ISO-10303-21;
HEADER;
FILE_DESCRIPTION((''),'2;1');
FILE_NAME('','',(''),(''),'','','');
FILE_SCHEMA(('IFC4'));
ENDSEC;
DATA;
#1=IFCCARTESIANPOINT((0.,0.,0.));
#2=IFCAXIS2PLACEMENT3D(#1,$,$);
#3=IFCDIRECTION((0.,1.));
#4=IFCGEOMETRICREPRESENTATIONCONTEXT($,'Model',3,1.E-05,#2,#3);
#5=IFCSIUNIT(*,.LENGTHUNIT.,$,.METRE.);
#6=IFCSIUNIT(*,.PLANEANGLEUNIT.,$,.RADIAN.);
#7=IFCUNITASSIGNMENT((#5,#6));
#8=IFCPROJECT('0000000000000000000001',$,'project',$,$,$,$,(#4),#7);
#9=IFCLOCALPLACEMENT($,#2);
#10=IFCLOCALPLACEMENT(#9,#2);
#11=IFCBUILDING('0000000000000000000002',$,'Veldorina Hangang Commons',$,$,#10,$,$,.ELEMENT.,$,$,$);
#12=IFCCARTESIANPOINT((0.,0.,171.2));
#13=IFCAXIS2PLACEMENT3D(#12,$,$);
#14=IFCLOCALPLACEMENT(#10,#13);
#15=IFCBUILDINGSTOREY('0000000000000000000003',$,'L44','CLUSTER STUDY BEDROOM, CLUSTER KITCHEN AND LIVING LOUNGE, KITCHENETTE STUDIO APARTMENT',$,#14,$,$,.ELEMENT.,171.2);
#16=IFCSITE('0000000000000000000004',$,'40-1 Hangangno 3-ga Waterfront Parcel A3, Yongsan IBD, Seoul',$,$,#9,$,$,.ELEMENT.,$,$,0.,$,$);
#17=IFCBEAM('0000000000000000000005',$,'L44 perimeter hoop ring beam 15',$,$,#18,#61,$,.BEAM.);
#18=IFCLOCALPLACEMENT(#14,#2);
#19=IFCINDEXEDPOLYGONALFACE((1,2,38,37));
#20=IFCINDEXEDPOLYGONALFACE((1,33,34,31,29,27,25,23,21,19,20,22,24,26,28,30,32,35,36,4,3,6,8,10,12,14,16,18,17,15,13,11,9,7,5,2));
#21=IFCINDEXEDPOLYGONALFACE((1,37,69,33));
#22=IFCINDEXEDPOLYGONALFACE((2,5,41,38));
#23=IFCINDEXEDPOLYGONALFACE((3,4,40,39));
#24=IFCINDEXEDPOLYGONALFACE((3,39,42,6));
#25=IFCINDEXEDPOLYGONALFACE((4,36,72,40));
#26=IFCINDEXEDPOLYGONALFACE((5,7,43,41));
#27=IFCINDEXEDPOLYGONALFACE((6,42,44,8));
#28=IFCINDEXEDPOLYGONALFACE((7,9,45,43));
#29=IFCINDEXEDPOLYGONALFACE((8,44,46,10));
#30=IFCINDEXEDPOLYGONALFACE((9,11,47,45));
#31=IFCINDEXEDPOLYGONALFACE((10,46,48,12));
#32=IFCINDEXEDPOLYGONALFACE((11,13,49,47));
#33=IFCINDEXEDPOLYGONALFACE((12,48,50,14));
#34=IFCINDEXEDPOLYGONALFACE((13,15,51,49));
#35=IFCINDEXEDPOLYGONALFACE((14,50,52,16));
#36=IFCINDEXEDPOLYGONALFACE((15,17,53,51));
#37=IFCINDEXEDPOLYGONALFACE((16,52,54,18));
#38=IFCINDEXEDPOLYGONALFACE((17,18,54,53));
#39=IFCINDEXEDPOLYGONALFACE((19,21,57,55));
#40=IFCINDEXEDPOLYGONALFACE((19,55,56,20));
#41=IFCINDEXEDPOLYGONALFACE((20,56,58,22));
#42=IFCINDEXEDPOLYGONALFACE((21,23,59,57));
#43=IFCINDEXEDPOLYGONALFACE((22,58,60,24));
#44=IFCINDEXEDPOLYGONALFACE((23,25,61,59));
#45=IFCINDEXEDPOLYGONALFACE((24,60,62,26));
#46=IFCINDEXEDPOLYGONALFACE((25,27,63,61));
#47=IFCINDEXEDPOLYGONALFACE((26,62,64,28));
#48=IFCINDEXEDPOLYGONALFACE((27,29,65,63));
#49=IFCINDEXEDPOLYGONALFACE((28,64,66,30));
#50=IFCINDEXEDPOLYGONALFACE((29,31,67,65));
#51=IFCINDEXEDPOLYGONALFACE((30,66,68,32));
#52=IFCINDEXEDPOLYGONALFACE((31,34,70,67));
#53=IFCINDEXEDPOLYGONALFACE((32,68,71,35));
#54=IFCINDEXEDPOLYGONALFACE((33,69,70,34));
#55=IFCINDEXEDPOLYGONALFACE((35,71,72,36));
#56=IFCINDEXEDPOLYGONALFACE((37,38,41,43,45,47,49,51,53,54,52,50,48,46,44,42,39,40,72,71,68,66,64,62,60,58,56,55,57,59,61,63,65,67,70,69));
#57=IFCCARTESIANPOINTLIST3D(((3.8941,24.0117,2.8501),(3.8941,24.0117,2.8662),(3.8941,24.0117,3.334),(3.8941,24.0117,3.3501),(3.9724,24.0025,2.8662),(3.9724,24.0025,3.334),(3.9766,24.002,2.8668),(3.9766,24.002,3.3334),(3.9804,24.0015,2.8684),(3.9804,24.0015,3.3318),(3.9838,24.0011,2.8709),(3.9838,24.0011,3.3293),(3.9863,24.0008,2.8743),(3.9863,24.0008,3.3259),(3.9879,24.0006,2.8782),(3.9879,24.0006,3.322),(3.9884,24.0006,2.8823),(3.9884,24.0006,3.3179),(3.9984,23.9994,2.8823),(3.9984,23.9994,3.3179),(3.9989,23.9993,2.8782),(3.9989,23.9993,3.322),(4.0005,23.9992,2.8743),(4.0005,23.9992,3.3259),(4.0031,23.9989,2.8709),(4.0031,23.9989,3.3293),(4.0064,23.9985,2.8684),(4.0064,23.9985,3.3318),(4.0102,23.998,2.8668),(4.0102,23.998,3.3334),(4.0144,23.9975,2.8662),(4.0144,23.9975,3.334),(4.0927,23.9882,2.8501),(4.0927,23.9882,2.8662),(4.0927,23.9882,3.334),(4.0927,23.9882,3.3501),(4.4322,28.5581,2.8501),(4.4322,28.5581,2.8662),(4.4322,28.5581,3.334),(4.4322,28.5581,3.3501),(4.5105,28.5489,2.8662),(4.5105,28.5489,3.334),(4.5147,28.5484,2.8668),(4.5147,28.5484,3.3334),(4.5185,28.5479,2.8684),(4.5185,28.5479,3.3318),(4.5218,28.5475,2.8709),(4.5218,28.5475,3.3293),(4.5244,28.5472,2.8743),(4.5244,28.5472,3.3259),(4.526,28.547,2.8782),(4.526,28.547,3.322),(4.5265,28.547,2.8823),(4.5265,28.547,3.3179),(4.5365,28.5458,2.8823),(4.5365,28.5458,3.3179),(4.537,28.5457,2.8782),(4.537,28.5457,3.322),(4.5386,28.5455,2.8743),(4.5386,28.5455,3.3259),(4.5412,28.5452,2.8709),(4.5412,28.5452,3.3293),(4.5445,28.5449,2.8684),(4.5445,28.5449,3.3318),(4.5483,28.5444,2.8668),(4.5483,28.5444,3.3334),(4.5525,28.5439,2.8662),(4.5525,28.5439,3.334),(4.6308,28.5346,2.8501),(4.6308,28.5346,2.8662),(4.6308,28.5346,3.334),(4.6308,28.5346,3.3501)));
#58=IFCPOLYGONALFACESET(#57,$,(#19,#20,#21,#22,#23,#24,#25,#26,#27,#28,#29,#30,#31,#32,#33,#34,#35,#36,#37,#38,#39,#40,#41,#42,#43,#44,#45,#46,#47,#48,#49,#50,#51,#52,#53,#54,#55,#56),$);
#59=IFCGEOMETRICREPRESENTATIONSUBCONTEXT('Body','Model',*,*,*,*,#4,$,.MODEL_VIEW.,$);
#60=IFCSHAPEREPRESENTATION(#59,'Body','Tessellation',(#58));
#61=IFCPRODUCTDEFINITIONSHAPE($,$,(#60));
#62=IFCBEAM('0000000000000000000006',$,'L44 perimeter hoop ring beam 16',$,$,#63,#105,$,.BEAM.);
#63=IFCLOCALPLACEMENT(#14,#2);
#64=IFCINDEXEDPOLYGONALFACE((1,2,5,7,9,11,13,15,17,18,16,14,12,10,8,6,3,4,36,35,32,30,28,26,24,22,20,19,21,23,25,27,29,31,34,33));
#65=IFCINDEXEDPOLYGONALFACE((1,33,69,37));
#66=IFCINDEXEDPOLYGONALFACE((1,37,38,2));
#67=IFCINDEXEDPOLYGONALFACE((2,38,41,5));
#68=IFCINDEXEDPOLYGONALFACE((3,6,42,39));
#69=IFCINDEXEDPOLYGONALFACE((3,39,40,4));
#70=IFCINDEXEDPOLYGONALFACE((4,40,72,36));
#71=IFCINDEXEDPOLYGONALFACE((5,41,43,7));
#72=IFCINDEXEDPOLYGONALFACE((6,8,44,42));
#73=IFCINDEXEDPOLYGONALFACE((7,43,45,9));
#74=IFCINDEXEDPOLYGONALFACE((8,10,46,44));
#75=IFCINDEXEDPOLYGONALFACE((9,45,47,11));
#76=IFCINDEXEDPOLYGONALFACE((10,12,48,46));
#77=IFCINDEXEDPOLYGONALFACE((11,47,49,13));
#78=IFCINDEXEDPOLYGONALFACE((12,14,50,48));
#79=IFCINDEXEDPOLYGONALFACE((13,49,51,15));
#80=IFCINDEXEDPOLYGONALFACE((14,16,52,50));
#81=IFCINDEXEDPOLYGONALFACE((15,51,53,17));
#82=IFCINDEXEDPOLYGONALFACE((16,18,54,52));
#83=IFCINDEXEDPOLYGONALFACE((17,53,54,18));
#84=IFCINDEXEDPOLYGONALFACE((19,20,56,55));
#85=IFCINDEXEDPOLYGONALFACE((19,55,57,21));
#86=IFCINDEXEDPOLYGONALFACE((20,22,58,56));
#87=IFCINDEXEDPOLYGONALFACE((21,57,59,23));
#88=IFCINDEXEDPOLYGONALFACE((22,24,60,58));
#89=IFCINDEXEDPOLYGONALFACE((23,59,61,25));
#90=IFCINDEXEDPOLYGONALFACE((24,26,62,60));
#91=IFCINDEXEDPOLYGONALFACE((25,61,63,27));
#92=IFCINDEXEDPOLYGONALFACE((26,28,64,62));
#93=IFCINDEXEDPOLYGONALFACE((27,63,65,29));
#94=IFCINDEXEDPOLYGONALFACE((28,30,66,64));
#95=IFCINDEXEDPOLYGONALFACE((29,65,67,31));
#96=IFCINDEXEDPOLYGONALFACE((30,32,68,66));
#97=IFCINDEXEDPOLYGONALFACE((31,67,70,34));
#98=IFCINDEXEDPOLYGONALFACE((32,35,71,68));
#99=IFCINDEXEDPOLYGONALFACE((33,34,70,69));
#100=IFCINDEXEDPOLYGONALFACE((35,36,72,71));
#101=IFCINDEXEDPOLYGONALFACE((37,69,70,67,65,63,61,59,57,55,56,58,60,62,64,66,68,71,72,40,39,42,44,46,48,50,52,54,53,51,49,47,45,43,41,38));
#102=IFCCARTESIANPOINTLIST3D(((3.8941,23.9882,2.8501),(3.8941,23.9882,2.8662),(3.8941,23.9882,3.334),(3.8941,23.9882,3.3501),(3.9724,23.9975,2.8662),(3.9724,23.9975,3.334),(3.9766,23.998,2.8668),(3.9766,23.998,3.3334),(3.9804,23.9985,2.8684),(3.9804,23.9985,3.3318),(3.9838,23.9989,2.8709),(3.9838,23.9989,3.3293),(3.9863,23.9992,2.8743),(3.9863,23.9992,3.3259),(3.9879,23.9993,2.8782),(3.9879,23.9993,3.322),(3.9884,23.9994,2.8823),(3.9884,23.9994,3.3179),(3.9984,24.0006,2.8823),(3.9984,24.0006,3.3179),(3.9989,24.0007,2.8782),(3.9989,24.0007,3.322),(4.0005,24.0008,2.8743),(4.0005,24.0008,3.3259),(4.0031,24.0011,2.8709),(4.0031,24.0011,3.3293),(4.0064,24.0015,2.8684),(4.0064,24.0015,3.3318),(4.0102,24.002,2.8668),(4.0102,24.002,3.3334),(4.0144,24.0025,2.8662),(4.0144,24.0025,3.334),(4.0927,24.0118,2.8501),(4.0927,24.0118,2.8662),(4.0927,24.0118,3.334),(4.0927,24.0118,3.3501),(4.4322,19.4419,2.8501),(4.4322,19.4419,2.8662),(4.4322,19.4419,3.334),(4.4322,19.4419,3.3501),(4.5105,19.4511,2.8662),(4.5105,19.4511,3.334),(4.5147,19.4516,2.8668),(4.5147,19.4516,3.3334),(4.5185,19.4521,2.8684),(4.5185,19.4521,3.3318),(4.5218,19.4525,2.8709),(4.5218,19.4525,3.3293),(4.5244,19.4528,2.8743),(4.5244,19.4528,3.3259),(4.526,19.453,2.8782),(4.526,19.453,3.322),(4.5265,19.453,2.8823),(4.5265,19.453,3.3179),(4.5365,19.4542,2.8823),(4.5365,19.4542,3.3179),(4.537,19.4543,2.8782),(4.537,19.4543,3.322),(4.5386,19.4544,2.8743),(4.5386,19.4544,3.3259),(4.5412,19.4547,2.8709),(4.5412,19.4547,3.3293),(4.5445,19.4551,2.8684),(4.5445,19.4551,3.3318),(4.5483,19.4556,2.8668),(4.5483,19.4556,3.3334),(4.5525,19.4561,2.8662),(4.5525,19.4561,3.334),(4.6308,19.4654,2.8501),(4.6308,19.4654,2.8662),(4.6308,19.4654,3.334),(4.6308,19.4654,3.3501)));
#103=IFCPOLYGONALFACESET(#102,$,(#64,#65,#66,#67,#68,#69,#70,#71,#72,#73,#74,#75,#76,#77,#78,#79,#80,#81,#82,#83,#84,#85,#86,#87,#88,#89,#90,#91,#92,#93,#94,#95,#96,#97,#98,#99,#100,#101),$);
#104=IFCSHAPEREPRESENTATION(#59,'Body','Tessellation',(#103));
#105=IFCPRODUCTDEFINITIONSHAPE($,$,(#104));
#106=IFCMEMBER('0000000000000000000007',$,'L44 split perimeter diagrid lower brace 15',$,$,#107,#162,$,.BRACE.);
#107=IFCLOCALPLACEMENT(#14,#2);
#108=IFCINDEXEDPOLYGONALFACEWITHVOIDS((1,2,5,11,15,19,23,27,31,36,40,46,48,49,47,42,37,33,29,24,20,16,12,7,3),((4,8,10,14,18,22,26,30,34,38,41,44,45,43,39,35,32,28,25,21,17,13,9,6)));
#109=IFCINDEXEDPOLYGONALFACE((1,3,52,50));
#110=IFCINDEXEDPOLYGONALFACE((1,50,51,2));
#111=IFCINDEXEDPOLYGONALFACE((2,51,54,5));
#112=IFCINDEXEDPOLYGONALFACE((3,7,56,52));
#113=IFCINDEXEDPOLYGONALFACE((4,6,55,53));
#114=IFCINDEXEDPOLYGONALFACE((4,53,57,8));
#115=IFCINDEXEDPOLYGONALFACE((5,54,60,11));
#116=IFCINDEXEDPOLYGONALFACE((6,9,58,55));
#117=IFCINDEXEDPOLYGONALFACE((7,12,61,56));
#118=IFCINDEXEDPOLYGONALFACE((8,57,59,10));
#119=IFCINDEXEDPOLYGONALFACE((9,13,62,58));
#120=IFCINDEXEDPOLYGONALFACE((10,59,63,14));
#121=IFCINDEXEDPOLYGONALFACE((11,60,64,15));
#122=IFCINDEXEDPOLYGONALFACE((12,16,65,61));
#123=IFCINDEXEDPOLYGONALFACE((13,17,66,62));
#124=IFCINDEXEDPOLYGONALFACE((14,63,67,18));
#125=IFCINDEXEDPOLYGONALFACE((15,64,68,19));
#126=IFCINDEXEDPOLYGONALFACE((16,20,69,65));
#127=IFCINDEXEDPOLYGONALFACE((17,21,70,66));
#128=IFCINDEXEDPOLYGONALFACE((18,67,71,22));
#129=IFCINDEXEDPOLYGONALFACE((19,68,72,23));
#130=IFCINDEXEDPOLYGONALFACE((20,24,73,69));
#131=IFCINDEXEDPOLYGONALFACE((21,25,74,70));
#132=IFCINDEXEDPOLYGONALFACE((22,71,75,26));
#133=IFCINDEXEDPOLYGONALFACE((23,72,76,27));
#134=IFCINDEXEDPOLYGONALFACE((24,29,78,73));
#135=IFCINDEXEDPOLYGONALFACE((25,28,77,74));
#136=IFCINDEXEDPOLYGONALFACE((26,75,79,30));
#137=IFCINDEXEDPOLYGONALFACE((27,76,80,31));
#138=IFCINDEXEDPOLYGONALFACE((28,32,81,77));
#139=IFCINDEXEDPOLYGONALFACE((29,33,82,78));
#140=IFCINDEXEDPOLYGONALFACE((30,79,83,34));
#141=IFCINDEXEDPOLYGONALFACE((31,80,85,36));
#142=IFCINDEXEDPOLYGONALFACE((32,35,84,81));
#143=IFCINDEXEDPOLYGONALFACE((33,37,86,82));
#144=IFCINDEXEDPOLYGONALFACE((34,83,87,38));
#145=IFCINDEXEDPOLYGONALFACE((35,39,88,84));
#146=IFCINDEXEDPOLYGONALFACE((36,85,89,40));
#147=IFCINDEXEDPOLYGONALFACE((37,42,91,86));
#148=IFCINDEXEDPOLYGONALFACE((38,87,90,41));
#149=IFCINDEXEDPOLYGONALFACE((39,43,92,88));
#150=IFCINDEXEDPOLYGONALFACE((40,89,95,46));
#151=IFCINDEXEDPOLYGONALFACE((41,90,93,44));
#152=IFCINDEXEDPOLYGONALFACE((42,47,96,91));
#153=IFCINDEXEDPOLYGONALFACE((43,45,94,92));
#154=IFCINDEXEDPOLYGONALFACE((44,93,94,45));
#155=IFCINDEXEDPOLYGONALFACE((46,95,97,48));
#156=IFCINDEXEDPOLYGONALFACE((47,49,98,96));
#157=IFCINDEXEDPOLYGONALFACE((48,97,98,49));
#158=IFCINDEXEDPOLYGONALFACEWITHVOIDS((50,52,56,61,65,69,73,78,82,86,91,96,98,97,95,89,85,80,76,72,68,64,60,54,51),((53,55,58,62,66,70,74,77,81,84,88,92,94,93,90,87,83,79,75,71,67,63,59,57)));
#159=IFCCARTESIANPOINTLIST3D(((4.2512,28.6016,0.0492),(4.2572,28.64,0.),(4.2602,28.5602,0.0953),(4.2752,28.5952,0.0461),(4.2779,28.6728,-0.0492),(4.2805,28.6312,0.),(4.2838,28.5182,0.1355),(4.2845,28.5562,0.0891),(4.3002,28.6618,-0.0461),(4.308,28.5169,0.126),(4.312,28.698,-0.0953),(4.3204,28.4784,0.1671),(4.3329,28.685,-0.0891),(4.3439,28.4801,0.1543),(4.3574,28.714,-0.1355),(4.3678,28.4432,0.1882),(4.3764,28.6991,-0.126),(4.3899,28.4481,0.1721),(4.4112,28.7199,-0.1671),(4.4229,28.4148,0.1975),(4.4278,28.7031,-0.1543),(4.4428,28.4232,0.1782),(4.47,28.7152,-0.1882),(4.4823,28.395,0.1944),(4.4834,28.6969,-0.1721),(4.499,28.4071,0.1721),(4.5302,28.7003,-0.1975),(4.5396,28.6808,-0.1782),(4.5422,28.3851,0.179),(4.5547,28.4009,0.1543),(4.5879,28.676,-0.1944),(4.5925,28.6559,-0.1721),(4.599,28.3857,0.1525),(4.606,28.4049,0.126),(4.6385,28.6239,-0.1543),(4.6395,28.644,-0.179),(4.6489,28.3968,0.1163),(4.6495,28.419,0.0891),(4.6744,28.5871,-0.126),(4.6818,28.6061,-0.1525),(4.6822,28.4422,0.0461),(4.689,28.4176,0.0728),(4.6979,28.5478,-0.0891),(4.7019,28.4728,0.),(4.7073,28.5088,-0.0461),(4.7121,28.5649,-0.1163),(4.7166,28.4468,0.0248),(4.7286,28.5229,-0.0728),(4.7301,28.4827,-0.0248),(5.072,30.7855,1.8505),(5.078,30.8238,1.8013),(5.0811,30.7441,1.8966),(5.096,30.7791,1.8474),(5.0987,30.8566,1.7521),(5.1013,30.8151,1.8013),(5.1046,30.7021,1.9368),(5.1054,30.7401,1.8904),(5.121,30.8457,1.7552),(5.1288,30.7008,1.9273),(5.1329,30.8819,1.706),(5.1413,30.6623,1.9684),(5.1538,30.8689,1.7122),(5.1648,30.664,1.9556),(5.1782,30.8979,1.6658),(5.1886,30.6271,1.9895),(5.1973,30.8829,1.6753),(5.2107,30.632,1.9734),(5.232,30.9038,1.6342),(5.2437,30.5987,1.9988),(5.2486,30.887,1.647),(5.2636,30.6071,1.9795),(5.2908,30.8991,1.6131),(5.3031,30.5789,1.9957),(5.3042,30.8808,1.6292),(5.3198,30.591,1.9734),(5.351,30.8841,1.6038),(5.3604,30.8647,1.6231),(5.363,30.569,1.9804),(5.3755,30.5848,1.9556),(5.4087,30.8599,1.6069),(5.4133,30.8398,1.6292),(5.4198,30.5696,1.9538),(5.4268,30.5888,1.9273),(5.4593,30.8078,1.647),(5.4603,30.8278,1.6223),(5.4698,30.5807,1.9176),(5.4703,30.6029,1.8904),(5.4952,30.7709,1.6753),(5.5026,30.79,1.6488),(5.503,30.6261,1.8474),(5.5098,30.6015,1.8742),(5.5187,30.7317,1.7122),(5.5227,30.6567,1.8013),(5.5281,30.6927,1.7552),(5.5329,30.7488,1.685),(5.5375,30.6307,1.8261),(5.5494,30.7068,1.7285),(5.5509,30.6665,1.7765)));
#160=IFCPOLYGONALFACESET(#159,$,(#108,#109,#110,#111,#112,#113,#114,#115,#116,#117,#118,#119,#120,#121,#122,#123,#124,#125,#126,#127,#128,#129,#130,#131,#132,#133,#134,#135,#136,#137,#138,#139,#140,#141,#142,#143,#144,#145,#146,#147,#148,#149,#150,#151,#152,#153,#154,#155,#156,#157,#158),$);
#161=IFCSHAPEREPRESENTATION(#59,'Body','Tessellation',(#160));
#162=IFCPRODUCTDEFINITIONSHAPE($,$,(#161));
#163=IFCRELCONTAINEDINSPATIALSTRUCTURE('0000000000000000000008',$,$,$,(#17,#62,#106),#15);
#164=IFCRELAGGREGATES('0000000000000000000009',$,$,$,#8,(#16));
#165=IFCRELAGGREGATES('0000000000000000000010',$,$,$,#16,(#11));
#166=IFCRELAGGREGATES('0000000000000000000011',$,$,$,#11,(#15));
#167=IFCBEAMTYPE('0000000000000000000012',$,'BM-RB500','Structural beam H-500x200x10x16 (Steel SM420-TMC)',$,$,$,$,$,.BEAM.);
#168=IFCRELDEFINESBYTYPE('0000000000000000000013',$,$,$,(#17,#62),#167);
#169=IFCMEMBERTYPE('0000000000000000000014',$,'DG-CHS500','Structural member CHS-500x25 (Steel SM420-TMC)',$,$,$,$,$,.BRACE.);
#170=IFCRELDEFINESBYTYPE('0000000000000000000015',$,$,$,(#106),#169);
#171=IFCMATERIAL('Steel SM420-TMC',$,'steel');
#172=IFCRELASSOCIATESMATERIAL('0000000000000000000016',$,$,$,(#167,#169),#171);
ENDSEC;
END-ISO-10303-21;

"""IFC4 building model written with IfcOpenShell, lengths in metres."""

from ifc_helpers import new_model, si_unit, direction, frame, origin, origin_2d, place, context, subcontext, project, spatial, hollow_circle, i_section, extrude, material, material_profile, profile_set, type_object, element, save


model = new_model("IFC4")

# Units and contexts
model_context = context("Model", 3, precision=1e-05, world=origin(), true_north=direction((0.0, 1.0)))
body_context = subcontext(model_context, "Body", "Model", "MODEL_VIEW")
ifc_project = project(units=[si_unit("LENGTHUNIT", "METRE"), si_unit("PLANEANGLEUNIT", "RADIAN")], contexts=[model_context])

# Site, building, storey
site_placement = place(None, origin())
site = spatial("IfcSite", under=ifc_project, at=site_placement, Name="40-1 Hangangno 3-ga Waterfront Parcel A3, Yongsan IBD, Seoul", CompositionType="ELEMENT", RefElevation=0.0)
building_placement = place(site_placement, origin())
building = spatial("IfcBuilding", under=site, at=building_placement, Name="Veldorina Hangang Commons", CompositionType="ELEMENT")
storey_placement = place(building_placement, frame((0.0, 0.0, 171.2)))
storey = spatial("IfcBuildingStorey", under=building, at=storey_placement, Name="L44", Description="CLUSTER STUDY BEDROOM, CLUSTER KITCHEN AND LIVING LOUNGE, KITCHENETTE STUDIO APARTMENT", CompositionType="ELEMENT", Elevation=171.2)

# Beams
ifc_material_1 = material(Name="Steel SM420-TMC", Category="steel")
ifc_material_profile_1 = material_profile(ifc_material_1, i_section(OverallWidth=0.2, OverallDepth=0.5, WebThickness=0.01, FlangeThickness=0.0161, FilletRadius=0.0161, at=origin_2d()), Name="H-500x200x10x16")
ifc_profile_set_1 = profile_set([ifc_material_profile_1], Name="Steel SM420-TMC")
beam_type_1 = type_object("IfcBeamType", Name="BM-RB500", Description="Structural beam H-500x200x10x16 (Steel SM420-TMC)", PredefinedType="BEAM", material=ifc_profile_set_1)
for number, where, z_axis, x_axis, name in (
    (1, (4.5315, 28.5464, 3.1001), (-0.117534, -0.993069, 0.0), (0.993069, -0.117534, 0.0), "L44 perimeter hoop ring beam 15"),
    (2, (3.9934, 24.0, 3.1001), (0.117534, -0.993069, 0.0), (0.993069, 0.117534, 0.0), "L44 perimeter hoop ring beam 16"),
):
    element("IfcBeam", number, at=place(storey_placement, frame(where, z_axis=z_axis, x_axis=x_axis)), inside=storey, type_object=beam_type_1, Name=name, PredefinedType="BEAM", context=body_context, shape_type="SweptSolid", body=[
        extrude(i_section(OverallWidth=0.2, OverallDepth=0.5, WebThickness=0.01, FlangeThickness=0.0161, FilletRadius=0.0161, at=origin_2d()), origin(), (0.0, 0.0, 1.0), 4.5781),
    ])

# Member
ifc_material_profile_2 = material_profile(ifc_material_1, hollow_circle(Radius=0.25, WallThickness=0.0249, at=origin_2d()), Name="CHS-500x25")
ifc_profile_set_2 = profile_set([ifc_material_profile_2], Name="Steel SM420-TMC")
member_type = type_object("IfcMemberType", Name="DG-CHS500", Description="Structural member CHS-500x25 (Steel SM420-TMC)", PredefinedType="BRACE", material=ifc_profile_set_2)
member_1_placement = place(storey_placement, frame((4.4912, 28.552, 0.0), z_axis=(0.278479, 0.740926, 0.611129), x_axis=(-0.936067, 0.351823, 0.0)))
element("IfcMember", 3, at=member_1_placement, inside=storey, type_object=member_type, Name="L44 split perimeter diagrid lower brace 15", PredefinedType="BRACE", context=body_context, shape_type="SweptSolid", body=[
    extrude(hollow_circle(Radius=0.25, WallThickness=0.0249, at=origin_2d()), origin(), (0.0, 0.0, 1.0), 2.9475),
])

save(model, "model.ifc")
